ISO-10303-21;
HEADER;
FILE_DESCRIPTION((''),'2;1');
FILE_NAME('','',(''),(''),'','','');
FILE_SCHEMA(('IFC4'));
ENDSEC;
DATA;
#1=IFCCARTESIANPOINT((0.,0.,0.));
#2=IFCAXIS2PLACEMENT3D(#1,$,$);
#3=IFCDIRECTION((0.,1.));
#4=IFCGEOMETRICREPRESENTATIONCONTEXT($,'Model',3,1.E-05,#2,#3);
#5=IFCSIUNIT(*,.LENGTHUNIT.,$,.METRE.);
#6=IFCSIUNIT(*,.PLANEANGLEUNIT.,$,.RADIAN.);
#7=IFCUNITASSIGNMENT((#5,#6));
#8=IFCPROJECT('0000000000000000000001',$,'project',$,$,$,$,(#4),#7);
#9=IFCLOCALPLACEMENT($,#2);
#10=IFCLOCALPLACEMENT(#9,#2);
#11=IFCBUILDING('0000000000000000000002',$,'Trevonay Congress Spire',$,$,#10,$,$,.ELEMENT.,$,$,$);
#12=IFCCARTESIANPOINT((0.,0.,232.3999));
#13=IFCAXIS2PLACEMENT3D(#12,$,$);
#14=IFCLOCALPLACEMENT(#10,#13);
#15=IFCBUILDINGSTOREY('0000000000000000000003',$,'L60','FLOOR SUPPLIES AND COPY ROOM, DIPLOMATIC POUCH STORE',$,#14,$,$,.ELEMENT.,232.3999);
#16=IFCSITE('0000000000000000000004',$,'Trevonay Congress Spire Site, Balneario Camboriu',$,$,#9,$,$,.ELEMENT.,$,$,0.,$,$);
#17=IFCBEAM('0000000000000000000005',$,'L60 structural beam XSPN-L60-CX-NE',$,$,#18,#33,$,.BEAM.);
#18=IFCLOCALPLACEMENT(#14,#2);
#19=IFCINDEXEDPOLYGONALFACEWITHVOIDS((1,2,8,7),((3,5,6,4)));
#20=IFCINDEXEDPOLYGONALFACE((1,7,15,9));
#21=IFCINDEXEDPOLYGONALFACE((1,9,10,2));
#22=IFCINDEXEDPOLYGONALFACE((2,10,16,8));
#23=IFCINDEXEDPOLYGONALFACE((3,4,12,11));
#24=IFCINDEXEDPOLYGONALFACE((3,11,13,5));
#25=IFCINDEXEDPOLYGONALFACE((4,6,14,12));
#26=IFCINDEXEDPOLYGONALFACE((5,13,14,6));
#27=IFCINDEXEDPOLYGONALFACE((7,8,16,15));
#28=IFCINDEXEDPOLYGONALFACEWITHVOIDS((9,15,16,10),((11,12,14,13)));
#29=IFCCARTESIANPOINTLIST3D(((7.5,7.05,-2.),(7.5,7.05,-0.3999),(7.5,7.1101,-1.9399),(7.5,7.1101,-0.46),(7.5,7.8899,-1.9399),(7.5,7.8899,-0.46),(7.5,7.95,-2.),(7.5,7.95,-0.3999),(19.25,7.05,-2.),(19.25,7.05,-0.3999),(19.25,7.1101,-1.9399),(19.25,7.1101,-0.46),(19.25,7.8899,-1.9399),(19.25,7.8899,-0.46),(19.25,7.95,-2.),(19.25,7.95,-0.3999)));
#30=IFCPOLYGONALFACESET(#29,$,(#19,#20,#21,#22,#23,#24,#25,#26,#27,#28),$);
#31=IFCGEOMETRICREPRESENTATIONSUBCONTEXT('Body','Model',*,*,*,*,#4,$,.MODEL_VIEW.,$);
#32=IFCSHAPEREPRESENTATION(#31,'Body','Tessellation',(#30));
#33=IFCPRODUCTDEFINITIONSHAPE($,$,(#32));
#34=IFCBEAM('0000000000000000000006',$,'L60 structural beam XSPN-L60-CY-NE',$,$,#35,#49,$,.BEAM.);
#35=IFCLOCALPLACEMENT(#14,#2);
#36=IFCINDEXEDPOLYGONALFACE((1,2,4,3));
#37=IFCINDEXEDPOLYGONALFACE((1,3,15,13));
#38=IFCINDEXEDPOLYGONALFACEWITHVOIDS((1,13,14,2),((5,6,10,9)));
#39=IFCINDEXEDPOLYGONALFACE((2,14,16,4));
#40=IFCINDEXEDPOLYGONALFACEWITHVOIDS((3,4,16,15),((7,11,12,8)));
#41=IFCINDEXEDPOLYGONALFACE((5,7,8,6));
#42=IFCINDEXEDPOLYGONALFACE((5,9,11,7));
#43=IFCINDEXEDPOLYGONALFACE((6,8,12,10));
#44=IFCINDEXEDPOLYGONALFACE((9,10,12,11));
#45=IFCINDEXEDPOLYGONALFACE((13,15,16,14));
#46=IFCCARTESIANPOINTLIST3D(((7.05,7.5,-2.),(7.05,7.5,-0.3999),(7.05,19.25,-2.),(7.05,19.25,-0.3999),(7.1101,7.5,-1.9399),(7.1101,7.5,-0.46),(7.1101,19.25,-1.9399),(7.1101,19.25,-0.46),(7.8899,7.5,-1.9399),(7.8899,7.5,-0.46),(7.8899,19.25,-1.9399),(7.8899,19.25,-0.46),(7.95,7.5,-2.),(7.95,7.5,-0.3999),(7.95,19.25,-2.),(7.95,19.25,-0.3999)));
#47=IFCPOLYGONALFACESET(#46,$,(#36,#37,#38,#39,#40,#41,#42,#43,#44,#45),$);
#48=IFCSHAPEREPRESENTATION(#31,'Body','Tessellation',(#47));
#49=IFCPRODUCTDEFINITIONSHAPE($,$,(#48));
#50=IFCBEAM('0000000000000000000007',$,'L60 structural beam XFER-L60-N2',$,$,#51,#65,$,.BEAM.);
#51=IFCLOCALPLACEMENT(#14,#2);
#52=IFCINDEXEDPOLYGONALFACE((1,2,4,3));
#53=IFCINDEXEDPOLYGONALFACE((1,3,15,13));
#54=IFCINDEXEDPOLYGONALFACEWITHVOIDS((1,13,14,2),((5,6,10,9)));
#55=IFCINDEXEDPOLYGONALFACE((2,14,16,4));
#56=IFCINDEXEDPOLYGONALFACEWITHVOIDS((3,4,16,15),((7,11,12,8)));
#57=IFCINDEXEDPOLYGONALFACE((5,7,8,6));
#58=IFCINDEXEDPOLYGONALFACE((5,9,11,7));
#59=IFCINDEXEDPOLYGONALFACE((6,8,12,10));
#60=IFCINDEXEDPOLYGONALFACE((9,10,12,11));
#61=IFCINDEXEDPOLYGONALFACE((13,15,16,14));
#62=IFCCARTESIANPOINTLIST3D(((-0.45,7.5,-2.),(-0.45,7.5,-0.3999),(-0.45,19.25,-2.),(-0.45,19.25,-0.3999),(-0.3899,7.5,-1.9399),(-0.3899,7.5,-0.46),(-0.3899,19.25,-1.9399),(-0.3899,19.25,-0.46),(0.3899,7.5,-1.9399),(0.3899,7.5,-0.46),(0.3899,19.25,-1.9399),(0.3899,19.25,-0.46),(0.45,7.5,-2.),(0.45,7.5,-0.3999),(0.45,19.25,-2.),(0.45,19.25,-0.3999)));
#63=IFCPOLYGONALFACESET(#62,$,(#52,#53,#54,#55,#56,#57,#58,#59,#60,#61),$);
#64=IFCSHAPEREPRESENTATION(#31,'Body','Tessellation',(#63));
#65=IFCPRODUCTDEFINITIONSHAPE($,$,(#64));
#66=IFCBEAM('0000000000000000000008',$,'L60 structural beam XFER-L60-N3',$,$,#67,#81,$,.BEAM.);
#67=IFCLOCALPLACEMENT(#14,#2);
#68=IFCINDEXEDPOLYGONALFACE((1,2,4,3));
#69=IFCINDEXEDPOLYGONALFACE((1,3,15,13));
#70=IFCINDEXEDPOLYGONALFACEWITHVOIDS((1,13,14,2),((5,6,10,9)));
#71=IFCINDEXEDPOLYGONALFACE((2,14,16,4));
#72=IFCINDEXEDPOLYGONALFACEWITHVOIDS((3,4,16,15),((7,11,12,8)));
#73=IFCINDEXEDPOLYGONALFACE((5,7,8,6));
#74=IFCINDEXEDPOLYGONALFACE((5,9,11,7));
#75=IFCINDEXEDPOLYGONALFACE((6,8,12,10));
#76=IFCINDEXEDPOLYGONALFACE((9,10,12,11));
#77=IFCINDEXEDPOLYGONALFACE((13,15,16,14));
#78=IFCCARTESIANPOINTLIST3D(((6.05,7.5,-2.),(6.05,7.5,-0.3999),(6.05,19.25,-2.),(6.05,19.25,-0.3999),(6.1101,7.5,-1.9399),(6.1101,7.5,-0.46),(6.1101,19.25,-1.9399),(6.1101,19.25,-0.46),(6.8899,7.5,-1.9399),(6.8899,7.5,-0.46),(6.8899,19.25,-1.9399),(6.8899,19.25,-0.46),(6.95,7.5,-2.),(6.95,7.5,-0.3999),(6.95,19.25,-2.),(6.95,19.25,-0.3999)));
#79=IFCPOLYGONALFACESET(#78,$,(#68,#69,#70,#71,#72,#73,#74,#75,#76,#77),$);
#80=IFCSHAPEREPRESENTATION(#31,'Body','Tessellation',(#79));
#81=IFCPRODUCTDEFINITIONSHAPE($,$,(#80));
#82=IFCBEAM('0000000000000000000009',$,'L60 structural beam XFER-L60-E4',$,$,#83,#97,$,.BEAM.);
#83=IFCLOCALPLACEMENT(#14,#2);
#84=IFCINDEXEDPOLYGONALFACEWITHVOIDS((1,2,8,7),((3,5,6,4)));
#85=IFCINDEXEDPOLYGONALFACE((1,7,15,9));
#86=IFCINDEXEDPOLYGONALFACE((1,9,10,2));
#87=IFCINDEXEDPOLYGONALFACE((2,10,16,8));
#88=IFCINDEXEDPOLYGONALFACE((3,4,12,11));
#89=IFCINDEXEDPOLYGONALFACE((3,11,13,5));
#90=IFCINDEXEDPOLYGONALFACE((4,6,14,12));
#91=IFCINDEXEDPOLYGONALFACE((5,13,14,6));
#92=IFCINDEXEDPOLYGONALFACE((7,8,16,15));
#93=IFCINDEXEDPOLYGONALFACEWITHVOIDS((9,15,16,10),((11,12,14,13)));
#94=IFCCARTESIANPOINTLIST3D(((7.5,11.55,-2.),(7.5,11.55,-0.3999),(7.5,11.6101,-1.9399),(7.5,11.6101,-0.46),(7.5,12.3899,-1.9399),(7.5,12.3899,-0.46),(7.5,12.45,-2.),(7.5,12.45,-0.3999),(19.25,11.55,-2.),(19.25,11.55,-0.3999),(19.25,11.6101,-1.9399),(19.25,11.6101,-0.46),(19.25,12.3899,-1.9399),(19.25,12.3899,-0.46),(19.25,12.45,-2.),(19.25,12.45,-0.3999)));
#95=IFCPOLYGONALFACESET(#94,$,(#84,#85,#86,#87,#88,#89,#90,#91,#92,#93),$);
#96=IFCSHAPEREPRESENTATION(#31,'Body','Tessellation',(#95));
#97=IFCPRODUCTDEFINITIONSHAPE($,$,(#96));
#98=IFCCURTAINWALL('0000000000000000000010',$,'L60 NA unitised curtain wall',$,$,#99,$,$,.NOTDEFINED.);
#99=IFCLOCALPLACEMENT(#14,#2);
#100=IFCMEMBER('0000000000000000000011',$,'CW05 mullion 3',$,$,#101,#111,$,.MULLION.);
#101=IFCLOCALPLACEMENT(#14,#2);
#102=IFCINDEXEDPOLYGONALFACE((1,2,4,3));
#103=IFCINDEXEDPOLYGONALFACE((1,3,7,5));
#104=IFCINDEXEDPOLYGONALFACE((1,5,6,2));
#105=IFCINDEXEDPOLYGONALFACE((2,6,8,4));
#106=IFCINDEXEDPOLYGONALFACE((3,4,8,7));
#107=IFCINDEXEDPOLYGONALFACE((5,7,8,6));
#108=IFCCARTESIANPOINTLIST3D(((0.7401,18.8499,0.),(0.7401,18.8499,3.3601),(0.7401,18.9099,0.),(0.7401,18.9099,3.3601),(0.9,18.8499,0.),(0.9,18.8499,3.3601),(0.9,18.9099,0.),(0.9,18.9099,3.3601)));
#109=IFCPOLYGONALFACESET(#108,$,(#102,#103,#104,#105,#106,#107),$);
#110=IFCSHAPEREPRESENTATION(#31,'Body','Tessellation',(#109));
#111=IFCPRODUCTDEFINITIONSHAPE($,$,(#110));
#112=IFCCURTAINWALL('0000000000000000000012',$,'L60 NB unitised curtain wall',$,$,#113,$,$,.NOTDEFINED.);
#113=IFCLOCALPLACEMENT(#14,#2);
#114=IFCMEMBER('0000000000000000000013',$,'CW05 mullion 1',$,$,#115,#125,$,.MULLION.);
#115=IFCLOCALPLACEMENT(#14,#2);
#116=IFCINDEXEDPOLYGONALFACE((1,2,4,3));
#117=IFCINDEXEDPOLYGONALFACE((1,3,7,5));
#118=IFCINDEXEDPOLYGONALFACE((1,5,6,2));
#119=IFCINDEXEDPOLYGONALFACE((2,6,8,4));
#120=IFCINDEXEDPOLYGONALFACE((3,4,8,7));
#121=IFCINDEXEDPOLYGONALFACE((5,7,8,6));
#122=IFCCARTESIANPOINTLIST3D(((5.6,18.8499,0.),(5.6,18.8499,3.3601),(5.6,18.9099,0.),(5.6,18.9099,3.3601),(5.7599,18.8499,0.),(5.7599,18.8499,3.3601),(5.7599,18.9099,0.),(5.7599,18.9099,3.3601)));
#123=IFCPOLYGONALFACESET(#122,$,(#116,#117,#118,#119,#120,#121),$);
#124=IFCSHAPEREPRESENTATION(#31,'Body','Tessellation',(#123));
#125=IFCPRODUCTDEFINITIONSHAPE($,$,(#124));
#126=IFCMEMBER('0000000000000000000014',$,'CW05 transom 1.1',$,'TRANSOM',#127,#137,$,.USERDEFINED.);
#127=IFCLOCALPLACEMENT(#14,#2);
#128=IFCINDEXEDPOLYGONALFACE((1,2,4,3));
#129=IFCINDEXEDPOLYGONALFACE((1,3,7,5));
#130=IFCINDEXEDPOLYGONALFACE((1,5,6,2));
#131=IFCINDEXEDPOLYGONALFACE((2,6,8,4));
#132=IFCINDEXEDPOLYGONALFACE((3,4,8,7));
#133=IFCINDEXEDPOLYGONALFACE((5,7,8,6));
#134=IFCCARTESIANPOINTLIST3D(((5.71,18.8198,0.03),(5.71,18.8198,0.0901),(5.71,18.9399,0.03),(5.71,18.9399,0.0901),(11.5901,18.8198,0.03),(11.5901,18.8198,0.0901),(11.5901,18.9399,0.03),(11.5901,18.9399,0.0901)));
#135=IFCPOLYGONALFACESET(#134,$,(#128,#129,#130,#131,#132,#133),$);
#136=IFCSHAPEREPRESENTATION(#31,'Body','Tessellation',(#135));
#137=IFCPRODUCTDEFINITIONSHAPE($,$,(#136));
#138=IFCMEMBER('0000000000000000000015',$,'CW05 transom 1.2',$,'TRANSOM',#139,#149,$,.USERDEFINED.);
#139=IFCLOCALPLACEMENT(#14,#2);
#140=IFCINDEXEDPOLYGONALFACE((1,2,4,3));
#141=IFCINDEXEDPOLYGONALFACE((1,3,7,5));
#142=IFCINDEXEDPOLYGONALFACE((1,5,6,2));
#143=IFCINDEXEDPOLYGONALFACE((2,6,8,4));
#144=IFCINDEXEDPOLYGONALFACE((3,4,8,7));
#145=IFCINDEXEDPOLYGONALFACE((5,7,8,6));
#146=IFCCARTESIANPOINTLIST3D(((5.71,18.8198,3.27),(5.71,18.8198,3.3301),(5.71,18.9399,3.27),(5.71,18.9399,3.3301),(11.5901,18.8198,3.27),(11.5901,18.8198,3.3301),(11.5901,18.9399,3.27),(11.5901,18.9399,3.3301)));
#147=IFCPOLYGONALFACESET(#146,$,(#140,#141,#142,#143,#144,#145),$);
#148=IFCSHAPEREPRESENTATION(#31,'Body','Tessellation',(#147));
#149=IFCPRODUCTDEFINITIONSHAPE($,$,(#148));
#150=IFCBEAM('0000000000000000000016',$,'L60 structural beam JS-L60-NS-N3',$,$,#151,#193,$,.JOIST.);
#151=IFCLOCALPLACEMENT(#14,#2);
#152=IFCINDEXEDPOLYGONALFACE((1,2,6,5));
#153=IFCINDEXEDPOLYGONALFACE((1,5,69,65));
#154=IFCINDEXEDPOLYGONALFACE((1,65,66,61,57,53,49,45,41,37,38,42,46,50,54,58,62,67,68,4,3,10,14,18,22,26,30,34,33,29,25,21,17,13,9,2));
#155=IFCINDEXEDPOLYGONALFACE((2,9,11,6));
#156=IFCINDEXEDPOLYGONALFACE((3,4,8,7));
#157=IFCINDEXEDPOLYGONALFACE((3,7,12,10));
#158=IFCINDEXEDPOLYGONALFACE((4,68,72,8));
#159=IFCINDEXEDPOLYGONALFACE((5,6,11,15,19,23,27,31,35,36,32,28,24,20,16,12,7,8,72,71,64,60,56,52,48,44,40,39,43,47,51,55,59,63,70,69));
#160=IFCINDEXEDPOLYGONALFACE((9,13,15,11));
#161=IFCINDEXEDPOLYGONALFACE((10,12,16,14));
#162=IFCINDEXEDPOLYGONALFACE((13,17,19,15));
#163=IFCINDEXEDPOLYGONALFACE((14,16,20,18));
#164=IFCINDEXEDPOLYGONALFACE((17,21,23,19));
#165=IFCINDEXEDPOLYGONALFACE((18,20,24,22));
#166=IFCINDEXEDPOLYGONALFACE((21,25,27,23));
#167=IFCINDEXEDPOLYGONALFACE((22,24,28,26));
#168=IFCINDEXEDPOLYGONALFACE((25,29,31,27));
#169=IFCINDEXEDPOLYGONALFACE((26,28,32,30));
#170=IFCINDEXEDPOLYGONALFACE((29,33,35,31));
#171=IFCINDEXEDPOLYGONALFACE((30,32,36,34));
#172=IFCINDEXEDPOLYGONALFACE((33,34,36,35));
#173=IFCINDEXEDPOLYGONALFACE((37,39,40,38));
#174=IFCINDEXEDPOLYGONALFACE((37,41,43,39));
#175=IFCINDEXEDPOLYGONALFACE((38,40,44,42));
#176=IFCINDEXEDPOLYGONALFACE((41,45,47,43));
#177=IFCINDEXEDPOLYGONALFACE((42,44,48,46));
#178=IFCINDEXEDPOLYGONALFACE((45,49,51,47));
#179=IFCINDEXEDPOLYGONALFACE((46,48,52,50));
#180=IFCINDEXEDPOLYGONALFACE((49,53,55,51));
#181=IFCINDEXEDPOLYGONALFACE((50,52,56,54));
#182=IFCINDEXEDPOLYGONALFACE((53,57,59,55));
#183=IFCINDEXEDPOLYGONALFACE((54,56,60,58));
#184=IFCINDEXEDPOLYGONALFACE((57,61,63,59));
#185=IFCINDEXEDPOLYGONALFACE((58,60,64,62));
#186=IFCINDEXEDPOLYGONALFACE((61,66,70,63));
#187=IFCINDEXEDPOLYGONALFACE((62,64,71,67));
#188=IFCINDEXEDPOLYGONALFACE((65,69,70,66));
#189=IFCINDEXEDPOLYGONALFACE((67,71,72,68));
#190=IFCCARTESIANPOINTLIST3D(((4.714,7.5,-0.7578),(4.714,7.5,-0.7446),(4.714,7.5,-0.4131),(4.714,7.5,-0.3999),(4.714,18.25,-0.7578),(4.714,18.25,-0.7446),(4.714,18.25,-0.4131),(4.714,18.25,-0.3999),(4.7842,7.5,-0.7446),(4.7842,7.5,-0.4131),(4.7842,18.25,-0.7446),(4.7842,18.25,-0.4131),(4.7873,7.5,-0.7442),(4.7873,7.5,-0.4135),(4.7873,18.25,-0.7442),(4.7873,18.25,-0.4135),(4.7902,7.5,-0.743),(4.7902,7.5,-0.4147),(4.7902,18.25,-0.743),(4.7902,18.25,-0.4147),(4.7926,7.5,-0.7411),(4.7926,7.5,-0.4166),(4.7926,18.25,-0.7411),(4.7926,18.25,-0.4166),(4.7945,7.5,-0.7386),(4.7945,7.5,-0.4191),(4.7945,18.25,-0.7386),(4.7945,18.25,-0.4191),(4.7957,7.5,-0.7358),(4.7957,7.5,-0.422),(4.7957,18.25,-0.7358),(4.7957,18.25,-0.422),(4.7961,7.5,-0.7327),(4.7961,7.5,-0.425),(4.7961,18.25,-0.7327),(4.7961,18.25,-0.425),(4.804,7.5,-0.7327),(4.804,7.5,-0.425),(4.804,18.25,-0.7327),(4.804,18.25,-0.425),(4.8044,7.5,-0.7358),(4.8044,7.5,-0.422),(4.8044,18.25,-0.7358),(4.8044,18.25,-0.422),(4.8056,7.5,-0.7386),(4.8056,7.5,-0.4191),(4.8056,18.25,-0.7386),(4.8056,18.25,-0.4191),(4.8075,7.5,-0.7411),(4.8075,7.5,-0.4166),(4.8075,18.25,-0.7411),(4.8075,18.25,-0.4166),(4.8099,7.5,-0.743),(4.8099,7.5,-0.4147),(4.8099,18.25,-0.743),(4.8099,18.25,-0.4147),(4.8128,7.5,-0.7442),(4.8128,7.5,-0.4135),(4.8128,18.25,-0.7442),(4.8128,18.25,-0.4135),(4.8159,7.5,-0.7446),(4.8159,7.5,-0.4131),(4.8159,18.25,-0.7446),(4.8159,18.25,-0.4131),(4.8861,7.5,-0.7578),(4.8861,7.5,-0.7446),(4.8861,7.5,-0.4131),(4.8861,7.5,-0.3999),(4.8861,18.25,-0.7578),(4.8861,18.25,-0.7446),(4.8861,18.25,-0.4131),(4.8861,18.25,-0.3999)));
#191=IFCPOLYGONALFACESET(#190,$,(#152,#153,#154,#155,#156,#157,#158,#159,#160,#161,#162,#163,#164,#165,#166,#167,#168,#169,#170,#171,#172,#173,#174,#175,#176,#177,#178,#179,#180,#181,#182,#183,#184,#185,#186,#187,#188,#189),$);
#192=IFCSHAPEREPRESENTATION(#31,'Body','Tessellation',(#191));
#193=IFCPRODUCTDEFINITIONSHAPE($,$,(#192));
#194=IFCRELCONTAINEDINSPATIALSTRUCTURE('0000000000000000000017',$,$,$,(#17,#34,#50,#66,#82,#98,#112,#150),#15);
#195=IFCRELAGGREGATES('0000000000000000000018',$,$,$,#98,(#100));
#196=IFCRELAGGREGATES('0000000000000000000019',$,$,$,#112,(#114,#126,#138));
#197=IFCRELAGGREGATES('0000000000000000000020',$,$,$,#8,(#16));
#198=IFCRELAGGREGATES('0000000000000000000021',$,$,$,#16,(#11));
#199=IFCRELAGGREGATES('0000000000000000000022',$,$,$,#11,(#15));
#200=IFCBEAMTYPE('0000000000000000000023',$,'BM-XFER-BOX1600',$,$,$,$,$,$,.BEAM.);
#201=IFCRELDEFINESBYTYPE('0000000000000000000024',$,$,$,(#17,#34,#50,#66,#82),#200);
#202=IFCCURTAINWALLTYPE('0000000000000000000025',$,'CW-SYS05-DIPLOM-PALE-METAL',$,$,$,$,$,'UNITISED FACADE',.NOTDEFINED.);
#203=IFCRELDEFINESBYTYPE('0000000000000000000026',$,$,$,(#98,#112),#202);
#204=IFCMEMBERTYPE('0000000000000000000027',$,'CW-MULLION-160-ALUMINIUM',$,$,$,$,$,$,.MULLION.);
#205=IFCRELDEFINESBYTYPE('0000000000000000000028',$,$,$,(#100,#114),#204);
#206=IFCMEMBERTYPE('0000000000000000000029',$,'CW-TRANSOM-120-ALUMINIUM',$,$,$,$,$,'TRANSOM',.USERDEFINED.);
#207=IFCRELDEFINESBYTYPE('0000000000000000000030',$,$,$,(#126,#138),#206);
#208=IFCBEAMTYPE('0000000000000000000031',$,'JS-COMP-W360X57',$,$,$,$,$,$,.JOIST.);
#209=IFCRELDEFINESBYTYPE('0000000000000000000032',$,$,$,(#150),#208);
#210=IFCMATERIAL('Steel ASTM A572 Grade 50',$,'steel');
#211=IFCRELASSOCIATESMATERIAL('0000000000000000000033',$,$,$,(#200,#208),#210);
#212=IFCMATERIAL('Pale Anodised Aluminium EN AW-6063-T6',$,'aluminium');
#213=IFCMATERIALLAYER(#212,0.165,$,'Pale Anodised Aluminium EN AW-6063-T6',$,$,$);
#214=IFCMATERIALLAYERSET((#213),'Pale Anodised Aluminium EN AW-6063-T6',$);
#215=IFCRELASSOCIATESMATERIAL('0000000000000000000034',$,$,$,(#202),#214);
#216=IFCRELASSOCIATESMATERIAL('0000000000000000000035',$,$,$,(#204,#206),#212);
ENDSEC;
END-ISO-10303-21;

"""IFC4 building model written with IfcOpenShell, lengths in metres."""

from ifc_helpers import new_model, si_unit, direction, frame, origin, origin_2d, place, context, subcontext, project, spatial, rectangle, hollow_rectangle, i_section, extrude, material, layer, layer_set, material_profile, profile_set, type_object, element, aggregate, save


model = new_model("IFC4")

# Units and contexts
model_context = context("Model", 3, precision=1e-05, world=origin(), true_north=direction((0.0, 1.0)))
body_context = subcontext(model_context, "Body", "Model", "MODEL_VIEW")
ifc_project = project(units=[si_unit("LENGTHUNIT", "METRE"), si_unit("PLANEANGLEUNIT", "RADIAN")], contexts=[model_context])

# Site, building, storey
site_placement = place(None, origin())
site = spatial("IfcSite", under=ifc_project, at=site_placement, Name="Trevonay Congress Spire Site, Balneario Camboriu", CompositionType="ELEMENT", RefElevation=0.0)
building_placement = place(site_placement, origin())
building = spatial("IfcBuilding", under=site, at=building_placement, Name="Trevonay Congress Spire", CompositionType="ELEMENT")
storey_placement = place(building_placement, frame((0.0, 0.0, 232.3999)))
storey = spatial("IfcBuildingStorey", under=building, at=storey_placement, Name="L60", Description="FLOOR SUPPLIES AND COPY ROOM, DIPLOMATIC POUCH STORE", CompositionType="ELEMENT", Elevation=232.3999)

# Shared definitions
ifc_material_1 = material(Name="Steel ASTM A572 Grade 50", Category="steel")

# Beams
ifc_material_profile_1 = material_profile(ifc_material_1, hollow_rectangle(XDim=0.8999, YDim=1.6001, WallThickness=0.0601, at=origin_2d()), Name="BOX 1600x900x60")
ifc_profile_set_1 = profile_set([ifc_material_profile_1], Name="Steel ASTM A572 Grade 50")
beam_type_1 = type_object("IfcBeamType", Name="BM-XFER-BOX1600", PredefinedType="BEAM", material=ifc_profile_set_1)
for number, where, z_axis, x_axis, name in (
    (1, (7.5, 7.5, -1.2), (1.0, 0.0, 0.0), (0.0, 1.0, 0.0), "L60 structural beam XSPN-L60-CX-NE"),
    (2, (7.5, 7.5, -1.2), (0.0, 1.0, 0.0), (-1.0, 0.0, 0.0), "L60 structural beam XSPN-L60-CY-NE"),
    (3, (0.0, 7.5, -1.2), (0.0, 1.0, 0.0), (-1.0, 0.0, 0.0), "L60 structural beam XFER-L60-N2"),
    (4, (6.5, 7.5, -1.2), (0.0, 1.0, 0.0), (-1.0, 0.0, 0.0), "L60 structural beam XFER-L60-N3"),
    (5, (7.5, 12.0, -1.2), (1.0, 0.0, 0.0), (0.0, 1.0, 0.0), "L60 structural beam XFER-L60-E4"),
):
    element("IfcBeam", number, at=place(storey_placement, frame(where, z_axis=z_axis, x_axis=x_axis)), inside=storey, type_object=beam_type_1, Name=name, PredefinedType="BEAM", context=body_context, shape_type="SweptSolid", body=[
        extrude(hollow_rectangle(XDim=0.8999, YDim=1.6001, WallThickness=0.0601, at=origin_2d()), origin(), (0.0, 0.0, 1.0), 11.75),
    ])

# Curtain wall, member
ifc_material_2 = material(Name="Pale Anodised Aluminium EN AW-6063-T6", Category="aluminium")
ifc_layer_1 = layer(ifc_material_2, 0.165, Name="Pale Anodised Aluminium EN AW-6063-T6")
ifc_layer_set_1 = layer_set([ifc_layer_1], Name="Pale Anodised Aluminium EN AW-6063-T6")
curtain_wall_type = type_object("IfcCurtainWallType", Name="CW-SYS05-DIPLOM-PALE-METAL", ElementType="UNITISED FACADE", PredefinedType="NOTDEFINED", material=ifc_layer_set_1)
curtain_wall_1_placement = place(storey_placement, origin())
curtain_wall_1 = element("IfcCurtainWall", 6, at=curtain_wall_1_placement, inside=storey, type_object=curtain_wall_type, Name="L60 NA unitised curtain wall", PredefinedType="NOTDEFINED")
ifc_material_profile_2 = material_profile(ifc_material_2, rectangle(XDim=0.0601, YDim=0.1599, at=origin_2d()), Name="CW-MULLION-160-ALUMINIUM")
ifc_profile_set_2 = profile_set([ifc_material_profile_2], Name="Pale Anodised Aluminium EN AW-6063-T6")
member_type_1 = type_object("IfcMemberType", Name="CW-MULLION-160-ALUMINIUM", PredefinedType="MULLION", material=ifc_profile_set_2)
member_1_placement = place(storey_placement, frame((0.8201, 18.8799, 0.0), z_axis=(0.0, 0.0, 1.0), x_axis=(0.0, 1.0, 0.0)))
member_1 = element("IfcMember", 7, at=member_1_placement, type_object=member_type_1, Name="CW05 mullion 3", PredefinedType="MULLION", context=body_context, shape_type="SweptSolid", body=[
    extrude(rectangle(XDim=0.0601, YDim=0.1599, at=origin_2d()), origin(), (0.0, 0.0, 1.0), 3.3601),
])
aggregate(curtain_wall_1, [member_1])

# Curtain wall, members
curtain_wall_2_placement = place(storey_placement, origin())
curtain_wall_2 = element("IfcCurtainWall", 8, at=curtain_wall_2_placement, inside=storey, type_object=curtain_wall_type, Name="L60 NB unitised curtain wall", PredefinedType="NOTDEFINED")
member_2_placement = place(storey_placement, frame((5.6799, 18.8799, 0.0), z_axis=(0.0, 0.0, 1.0), x_axis=(0.0, 1.0, 0.0)))
member_2 = element("IfcMember", 9, at=member_2_placement, type_object=member_type_1, Name="CW05 mullion 1", PredefinedType="MULLION", context=body_context, shape_type="SweptSolid", body=[
    extrude(rectangle(XDim=0.0601, YDim=0.1599, at=origin_2d()), origin(), (0.0, 0.0, 1.0), 3.3601),
])
ifc_material_profile_3 = material_profile(ifc_material_2, rectangle(XDim=0.1201, YDim=0.0601, at=origin_2d()), Name="CW-TRANSOM-120-ALUMINIUM")
ifc_profile_set_3 = profile_set([ifc_material_profile_3], Name="Pale Anodised Aluminium EN AW-6063-T6")
member_type_2 = type_object("IfcMemberType", Name="CW-TRANSOM-120-ALUMINIUM", ElementType="TRANSOM", PredefinedType="USERDEFINED", material=ifc_profile_set_3)
member_3_placement = place(storey_placement, frame((5.71, 18.8799, 0.0601), z_axis=(1.0, 0.0, 0.0), x_axis=(0.0, 1.0, 0.0)))
member_3 = element("IfcMember", 10, at=member_3_placement, type_object=member_type_2, Name="CW05 transom 1.1", ObjectType="TRANSOM", PredefinedType="USERDEFINED", context=body_context, shape_type="SweptSolid", body=[
    extrude(rectangle(XDim=0.1201, YDim=0.0601, at=origin_2d()), origin(), (0.0, 0.0, 1.0), 5.8801),
])
member_4_placement = place(storey_placement, frame((5.71, 18.8799, 3.3), z_axis=(1.0, 0.0, 0.0), x_axis=(0.0, 1.0, 0.0)))
member_4 = element("IfcMember", 11, at=member_4_placement, type_object=member_type_2, Name="CW05 transom 1.2", ObjectType="TRANSOM", PredefinedType="USERDEFINED", context=body_context, shape_type="SweptSolid", body=[
    extrude(rectangle(XDim=0.1201, YDim=0.0601, at=origin_2d()), origin(), (0.0, 0.0, 1.0), 5.8801),
])
aggregate(curtain_wall_2, [member_2, member_3, member_4])

# Beam
ifc_material_profile_4 = material_profile(ifc_material_1, i_section(OverallWidth=0.1721, OverallDepth=0.3579, WebThickness=0.0078, FlangeThickness=0.0132, FilletRadius=0.012, at=origin_2d()), Name="W360x57.8")
ifc_profile_set_4 = profile_set([ifc_material_profile_4], Name="Steel ASTM A572 Grade 50")
beam_type_2 = type_object("IfcBeamType", Name="JS-COMP-W360X57", PredefinedType="JOIST", material=ifc_profile_set_4)
beam_1_placement = place(storey_placement, frame((4.8, 7.5, -0.5789), z_axis=(0.0, 1.0, 0.0), x_axis=(-1.0, 0.0, 0.0)))
element("IfcBeam", 12, at=beam_1_placement, inside=storey, type_object=beam_type_2, Name="L60 structural beam JS-L60-NS-N3", PredefinedType="JOIST", context=body_context, shape_type="SweptSolid", body=[
    extrude(i_section(OverallWidth=0.1721, OverallDepth=0.3579, WebThickness=0.0078, FlangeThickness=0.0132, FilletRadius=0.012, at=origin_2d()), origin(), (0.0, 0.0, 1.0), 10.75),
])

save(model, "model.ifc")
